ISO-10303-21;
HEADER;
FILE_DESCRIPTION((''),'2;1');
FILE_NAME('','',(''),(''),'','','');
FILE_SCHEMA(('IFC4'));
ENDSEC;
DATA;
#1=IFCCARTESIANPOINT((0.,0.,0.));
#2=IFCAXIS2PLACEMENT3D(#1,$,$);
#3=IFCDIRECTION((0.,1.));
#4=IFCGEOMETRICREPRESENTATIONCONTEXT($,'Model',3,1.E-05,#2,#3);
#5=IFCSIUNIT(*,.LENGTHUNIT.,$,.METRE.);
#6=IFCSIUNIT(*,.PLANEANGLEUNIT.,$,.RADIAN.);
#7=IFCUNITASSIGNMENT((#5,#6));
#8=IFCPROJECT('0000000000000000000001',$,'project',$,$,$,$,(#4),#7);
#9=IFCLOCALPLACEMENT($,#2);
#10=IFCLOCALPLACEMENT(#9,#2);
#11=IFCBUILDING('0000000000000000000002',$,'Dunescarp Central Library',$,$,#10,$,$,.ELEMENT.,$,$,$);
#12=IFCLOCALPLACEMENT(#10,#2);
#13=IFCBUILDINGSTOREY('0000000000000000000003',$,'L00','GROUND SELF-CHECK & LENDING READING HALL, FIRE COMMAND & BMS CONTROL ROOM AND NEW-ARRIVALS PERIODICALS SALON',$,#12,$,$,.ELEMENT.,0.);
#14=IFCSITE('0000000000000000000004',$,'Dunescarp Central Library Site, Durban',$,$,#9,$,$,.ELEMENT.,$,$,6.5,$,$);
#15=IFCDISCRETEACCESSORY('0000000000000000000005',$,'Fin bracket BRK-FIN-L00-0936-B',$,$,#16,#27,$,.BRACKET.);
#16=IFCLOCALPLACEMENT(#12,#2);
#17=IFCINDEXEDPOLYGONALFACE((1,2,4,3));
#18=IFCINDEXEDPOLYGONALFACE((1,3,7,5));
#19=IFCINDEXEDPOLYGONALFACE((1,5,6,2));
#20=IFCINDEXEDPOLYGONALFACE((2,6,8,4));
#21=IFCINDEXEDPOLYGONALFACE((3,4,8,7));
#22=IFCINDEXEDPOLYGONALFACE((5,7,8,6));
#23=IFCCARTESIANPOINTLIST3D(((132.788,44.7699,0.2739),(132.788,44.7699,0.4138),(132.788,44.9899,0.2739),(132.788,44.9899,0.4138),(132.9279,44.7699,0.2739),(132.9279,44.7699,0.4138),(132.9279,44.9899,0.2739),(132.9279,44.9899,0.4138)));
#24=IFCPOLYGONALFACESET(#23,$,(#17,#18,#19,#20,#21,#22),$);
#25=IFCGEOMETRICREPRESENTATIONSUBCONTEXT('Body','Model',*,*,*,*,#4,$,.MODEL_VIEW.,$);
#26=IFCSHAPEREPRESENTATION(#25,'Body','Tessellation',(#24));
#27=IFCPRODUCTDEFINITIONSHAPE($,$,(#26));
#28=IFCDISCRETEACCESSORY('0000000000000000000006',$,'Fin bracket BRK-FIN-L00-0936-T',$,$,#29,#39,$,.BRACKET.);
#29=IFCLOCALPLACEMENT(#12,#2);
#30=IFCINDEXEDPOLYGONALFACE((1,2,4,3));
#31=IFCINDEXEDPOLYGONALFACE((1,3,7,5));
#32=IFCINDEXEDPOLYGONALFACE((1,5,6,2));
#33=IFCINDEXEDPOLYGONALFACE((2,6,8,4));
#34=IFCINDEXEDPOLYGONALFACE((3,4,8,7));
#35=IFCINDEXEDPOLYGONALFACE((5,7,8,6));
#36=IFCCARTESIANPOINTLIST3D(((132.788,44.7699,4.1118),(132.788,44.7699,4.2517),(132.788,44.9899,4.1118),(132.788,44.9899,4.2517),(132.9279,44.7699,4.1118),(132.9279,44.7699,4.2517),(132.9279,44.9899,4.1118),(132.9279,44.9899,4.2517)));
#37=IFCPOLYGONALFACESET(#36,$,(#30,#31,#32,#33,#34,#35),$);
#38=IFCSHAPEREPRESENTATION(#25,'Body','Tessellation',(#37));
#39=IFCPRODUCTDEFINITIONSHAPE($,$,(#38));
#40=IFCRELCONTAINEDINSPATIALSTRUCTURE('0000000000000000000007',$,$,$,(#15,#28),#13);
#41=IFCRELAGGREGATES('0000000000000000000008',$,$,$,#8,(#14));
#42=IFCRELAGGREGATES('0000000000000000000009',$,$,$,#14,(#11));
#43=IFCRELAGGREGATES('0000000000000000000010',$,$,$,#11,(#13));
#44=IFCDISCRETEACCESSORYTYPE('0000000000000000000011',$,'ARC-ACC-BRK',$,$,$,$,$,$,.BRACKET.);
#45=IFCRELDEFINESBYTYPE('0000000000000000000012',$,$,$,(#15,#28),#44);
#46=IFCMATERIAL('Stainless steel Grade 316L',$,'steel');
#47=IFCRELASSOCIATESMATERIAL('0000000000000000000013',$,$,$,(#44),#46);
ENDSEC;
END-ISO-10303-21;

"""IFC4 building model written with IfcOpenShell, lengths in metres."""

from ifc_helpers import new_model, si_unit, direction, frame, origin, origin_2d, place, context, subcontext, project, spatial, rectangle, extrude, material, type_object, element, save


model = new_model("IFC4")

# Units and contexts
model_context = context("Model", 3, precision=1e-05, world=origin(), true_north=direction((0.0, 1.0)))
body_context = subcontext(model_context, "Body", "Model", "MODEL_VIEW")
ifc_project = project(units=[si_unit("LENGTHUNIT", "METRE"), si_unit("PLANEANGLEUNIT", "RADIAN")], contexts=[model_context])

# Site, building, storey
site_placement = place(None, origin())
site = spatial("IfcSite", under=ifc_project, at=site_placement, Name="Dunescarp Central Library Site, Durban", CompositionType="ELEMENT", RefElevation=6.5)
building_placement = place(site_placement, origin())
building = spatial("IfcBuilding", under=site, at=building_placement, Name="Dunescarp Central Library", CompositionType="ELEMENT")
storey_placement = place(building_placement, origin())
storey = spatial("IfcBuildingStorey", under=building, at=storey_placement, Name="L00", Description="GROUND SELF-CHECK & LENDING READING HALL, FIRE COMMAND & BMS CONTROL ROOM AND NEW-ARRIVALS PERIODICALS SALON", CompositionType="ELEMENT", Elevation=0.0)

# Discrete accessories
ifc_material_1 = material(Name="Stainless steel Grade 316L", Category="steel")
discrete_accessory_type = type_object("IfcDiscreteAccessoryType", Name="ARC-ACC-BRK", PredefinedType="BRACKET", material=ifc_material_1)
for number, where, z_axis, x_axis, name in (
    (1, (132.8579, 44.8799, 0.2739), (0.0, 0.0, 1.0), (0.0, 1.0, 0.0), "Fin bracket BRK-FIN-L00-0936-B"),
    (2, (132.8579, 44.8799, 4.1118), (0.0, 0.0, 1.0), (0.0, 1.0, 0.0), "Fin bracket BRK-FIN-L00-0936-T"),
):
    element("IfcDiscreteAccessory", number, at=place(storey_placement, frame(where, z_axis=z_axis, x_axis=x_axis)), inside=storey, type_object=discrete_accessory_type, Name=name, PredefinedType="BRACKET", context=body_context, shape_type="SweptSolid", body=[
        extrude(rectangle(XDim=0.22, YDim=0.1399, at=origin_2d()), origin(), (0.0, 0.0, 1.0), 0.1399),
    ])

save(model, "model.ifc")
